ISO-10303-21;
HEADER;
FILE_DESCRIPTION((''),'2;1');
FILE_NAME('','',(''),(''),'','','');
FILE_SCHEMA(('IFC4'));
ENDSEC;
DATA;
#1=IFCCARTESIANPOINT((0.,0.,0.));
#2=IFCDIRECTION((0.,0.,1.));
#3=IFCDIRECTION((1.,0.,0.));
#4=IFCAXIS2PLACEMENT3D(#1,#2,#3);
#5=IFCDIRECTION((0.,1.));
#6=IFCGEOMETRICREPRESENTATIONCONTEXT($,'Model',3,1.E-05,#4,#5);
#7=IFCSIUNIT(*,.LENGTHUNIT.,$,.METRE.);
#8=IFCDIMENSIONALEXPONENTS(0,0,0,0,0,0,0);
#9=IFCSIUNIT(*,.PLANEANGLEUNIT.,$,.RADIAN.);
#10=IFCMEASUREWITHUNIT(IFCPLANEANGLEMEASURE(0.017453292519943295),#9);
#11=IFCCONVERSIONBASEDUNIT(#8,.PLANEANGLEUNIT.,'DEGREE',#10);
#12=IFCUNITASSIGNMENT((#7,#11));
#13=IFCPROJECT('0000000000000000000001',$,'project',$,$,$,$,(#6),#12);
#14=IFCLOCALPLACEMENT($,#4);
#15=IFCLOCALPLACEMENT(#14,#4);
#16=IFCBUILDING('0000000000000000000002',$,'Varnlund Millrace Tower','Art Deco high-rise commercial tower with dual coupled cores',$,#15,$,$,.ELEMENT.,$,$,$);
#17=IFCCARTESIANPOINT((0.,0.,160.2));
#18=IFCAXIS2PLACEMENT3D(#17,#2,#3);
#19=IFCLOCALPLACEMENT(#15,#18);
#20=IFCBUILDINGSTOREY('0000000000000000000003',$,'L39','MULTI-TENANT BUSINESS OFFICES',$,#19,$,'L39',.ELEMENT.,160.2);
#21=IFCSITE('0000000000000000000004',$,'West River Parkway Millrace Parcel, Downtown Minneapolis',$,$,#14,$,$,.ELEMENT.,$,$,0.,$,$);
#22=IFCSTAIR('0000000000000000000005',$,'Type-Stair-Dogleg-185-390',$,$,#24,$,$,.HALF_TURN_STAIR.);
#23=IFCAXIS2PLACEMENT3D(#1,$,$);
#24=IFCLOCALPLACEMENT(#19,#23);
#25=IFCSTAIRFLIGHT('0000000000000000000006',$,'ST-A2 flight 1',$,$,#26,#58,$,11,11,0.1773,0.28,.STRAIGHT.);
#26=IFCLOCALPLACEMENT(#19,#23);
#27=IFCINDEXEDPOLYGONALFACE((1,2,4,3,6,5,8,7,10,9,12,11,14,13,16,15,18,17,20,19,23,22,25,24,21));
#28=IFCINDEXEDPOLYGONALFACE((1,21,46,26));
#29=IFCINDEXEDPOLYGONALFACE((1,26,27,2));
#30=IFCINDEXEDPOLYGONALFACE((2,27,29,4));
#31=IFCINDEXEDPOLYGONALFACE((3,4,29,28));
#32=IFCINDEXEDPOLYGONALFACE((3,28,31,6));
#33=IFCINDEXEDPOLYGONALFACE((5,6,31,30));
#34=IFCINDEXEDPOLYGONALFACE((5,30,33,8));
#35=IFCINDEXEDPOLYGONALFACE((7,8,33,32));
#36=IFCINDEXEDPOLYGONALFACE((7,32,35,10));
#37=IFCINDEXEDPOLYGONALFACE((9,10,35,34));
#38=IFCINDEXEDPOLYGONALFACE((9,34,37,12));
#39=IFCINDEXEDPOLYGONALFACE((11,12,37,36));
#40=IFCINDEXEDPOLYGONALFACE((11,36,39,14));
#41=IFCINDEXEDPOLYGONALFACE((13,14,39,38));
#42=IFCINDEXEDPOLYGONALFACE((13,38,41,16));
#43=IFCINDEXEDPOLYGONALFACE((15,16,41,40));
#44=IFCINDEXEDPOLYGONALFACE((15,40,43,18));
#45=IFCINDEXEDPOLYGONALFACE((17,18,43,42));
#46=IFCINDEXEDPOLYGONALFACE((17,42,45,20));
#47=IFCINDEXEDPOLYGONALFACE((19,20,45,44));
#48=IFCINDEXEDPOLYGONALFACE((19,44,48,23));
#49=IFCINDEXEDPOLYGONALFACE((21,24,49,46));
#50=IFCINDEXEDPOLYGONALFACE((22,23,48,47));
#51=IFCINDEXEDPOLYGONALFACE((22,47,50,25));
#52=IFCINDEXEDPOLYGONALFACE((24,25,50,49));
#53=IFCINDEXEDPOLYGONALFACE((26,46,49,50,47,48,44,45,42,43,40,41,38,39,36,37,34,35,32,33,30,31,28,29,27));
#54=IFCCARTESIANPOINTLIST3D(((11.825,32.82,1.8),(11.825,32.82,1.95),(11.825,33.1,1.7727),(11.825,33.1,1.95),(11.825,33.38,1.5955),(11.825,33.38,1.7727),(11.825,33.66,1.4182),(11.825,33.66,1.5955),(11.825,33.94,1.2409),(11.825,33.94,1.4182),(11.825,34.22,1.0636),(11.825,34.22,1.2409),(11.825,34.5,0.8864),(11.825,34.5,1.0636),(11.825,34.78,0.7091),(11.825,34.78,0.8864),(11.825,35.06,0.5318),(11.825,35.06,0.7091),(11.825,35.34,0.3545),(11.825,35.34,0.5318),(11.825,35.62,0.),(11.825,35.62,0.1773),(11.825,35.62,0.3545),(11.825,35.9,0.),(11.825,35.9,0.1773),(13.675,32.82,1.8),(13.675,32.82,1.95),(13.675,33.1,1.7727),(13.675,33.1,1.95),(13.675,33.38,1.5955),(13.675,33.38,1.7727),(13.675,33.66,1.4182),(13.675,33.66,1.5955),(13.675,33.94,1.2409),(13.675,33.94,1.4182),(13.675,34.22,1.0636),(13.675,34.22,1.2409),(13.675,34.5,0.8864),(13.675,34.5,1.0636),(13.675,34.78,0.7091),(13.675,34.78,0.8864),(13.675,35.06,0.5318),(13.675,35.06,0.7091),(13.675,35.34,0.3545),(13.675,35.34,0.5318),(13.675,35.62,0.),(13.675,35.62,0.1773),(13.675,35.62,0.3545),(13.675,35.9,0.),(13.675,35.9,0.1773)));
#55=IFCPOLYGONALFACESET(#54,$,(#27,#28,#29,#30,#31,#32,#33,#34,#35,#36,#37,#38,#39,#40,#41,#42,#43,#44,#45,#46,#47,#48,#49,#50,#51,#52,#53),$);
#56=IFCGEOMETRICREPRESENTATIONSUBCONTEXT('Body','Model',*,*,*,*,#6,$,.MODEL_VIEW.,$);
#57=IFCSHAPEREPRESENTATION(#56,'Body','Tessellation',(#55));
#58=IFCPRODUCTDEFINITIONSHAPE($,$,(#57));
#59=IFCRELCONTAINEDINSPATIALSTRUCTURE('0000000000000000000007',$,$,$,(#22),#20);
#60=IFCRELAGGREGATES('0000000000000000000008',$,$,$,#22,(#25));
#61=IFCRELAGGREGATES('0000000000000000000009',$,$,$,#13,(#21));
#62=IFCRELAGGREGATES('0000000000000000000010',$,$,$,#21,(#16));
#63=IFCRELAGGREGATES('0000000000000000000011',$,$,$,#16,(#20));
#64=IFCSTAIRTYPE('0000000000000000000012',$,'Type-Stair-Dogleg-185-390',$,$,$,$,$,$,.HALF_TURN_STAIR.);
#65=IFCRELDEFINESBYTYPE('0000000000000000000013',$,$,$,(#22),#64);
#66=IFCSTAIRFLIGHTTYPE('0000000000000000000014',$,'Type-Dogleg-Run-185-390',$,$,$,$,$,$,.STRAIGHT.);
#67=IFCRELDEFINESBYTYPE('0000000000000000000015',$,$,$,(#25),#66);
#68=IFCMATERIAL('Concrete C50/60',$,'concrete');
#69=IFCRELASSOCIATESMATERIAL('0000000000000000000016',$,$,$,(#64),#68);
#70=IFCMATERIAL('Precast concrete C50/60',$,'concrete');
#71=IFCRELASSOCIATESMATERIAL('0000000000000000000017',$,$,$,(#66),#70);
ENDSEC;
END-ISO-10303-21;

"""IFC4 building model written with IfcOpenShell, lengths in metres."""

from ifc_helpers import new_model, entity, si_unit, converted_unit, direction, frame, origin_with_axes, place, context, subcontext, project, spatial, polyline, outline, extrude, material, type_object, element, aggregate, save


model = new_model("IFC4")

# Units and contexts
model_context = context("Model", 3, precision=1e-05, world=origin_with_axes(), true_north=direction((0.0, 1.0)))
body_context = subcontext(model_context, "Body", "Model", "MODEL_VIEW")
ifc_project = project(units=[si_unit("LENGTHUNIT", "METRE"), converted_unit("PLANEANGLEUNIT", "DEGREE", entity("IfcPlaneAngleMeasure", 0.017453292519943295), si_unit("PLANEANGLEUNIT", "RADIAN"), dimensions=[0, 0, 0, 0, 0, 0, 0])], contexts=[model_context])

# Site, building, storey
site_placement = place(None, origin_with_axes())
site = spatial("IfcSite", under=ifc_project, at=site_placement, Name="West River Parkway Millrace Parcel, Downtown Minneapolis", CompositionType="ELEMENT", RefElevation=0.0)
building_placement = place(site_placement, origin_with_axes())
building = spatial("IfcBuilding", under=site, at=building_placement, Name="Varnlund Millrace Tower", Description="Art Deco high-rise commercial tower with dual coupled cores", CompositionType="ELEMENT")
storey_placement = place(building_placement, frame((0.0, 0.0, 160.2), z_axis=(0.0, 0.0, 1.0), x_axis=(1.0, 0.0, 0.0)))
storey = spatial("IfcBuildingStorey", under=building, at=storey_placement, Name="L39", Description="MULTI-TENANT BUSINESS OFFICES", LongName="L39", CompositionType="ELEMENT", Elevation=160.2)

# Stair, stair flight
ifc_material_1 = material(Name="Concrete C50/60", Category="concrete")
ifc_material_2 = material(Name="Precast concrete C50/60", Category="concrete")
stair_type_1 = type_object("IfcStairType", Name="Type-Stair-Dogleg-185-390", PredefinedType="HALF_TURN_STAIR", material=ifc_material_1)
stair_1_placement = place(storey_placement, origin_with_axes())
stair_1 = element("IfcStair", 1, at=stair_1_placement, inside=storey, type_object=stair_type_1, Name="Type-Stair-Dogleg-185-390", PredefinedType="HALF_TURN_STAIR")
stair_flight_type_1 = type_object("IfcStairFlightType", Name="Type-Dogleg-Run-185-390", PredefinedType="STRAIGHT", material=ifc_material_2)
stair_flight_1_placement = place(storey_placement, frame((13.675, 35.9, 0.0), z_axis=(-1.0, 0.0, 0.0), x_axis=(0.0, -1.0, 0.0)))
stair_flight_1 = element("IfcStairFlight", 2, at=stair_flight_1_placement, type_object=stair_flight_type_1, Name="ST-A2 flight 1", NumberOfRisers=11, NumberOfTreads=11, PredefinedType="STRAIGHT", RiserHeight=0.1773, TreadLength=0.28, context=body_context, shape_type="SweptSolid", body=[
    extrude(outline(polyline([(0.0, 0.0), (0.0, 0.1773), (0.28, 0.1773), (0.28, 0.3545), (0.56, 0.3545), (0.56, 0.5318), (0.84, 0.5318), (0.84, 0.7091), (1.12, 0.7091), (1.12, 0.8864), (1.4, 0.8864), (1.4, 1.0636), (1.68, 1.0636), (1.68, 1.2409), (1.96, 1.2409), (1.96, 1.4182), (2.24, 1.4182), (2.24, 1.5955), (2.52, 1.5955), (2.52, 1.7727), (2.8, 1.7727), (2.8, 1.95), (3.08, 1.95), (3.08, 1.8), (0.28, 0.0), (0.0, 0.0)])), origin_with_axes(), (0.0, 0.0, 1.0), 1.85),
])
aggregate(stair_1, [stair_flight_1])

save(model, "model.ifc")
